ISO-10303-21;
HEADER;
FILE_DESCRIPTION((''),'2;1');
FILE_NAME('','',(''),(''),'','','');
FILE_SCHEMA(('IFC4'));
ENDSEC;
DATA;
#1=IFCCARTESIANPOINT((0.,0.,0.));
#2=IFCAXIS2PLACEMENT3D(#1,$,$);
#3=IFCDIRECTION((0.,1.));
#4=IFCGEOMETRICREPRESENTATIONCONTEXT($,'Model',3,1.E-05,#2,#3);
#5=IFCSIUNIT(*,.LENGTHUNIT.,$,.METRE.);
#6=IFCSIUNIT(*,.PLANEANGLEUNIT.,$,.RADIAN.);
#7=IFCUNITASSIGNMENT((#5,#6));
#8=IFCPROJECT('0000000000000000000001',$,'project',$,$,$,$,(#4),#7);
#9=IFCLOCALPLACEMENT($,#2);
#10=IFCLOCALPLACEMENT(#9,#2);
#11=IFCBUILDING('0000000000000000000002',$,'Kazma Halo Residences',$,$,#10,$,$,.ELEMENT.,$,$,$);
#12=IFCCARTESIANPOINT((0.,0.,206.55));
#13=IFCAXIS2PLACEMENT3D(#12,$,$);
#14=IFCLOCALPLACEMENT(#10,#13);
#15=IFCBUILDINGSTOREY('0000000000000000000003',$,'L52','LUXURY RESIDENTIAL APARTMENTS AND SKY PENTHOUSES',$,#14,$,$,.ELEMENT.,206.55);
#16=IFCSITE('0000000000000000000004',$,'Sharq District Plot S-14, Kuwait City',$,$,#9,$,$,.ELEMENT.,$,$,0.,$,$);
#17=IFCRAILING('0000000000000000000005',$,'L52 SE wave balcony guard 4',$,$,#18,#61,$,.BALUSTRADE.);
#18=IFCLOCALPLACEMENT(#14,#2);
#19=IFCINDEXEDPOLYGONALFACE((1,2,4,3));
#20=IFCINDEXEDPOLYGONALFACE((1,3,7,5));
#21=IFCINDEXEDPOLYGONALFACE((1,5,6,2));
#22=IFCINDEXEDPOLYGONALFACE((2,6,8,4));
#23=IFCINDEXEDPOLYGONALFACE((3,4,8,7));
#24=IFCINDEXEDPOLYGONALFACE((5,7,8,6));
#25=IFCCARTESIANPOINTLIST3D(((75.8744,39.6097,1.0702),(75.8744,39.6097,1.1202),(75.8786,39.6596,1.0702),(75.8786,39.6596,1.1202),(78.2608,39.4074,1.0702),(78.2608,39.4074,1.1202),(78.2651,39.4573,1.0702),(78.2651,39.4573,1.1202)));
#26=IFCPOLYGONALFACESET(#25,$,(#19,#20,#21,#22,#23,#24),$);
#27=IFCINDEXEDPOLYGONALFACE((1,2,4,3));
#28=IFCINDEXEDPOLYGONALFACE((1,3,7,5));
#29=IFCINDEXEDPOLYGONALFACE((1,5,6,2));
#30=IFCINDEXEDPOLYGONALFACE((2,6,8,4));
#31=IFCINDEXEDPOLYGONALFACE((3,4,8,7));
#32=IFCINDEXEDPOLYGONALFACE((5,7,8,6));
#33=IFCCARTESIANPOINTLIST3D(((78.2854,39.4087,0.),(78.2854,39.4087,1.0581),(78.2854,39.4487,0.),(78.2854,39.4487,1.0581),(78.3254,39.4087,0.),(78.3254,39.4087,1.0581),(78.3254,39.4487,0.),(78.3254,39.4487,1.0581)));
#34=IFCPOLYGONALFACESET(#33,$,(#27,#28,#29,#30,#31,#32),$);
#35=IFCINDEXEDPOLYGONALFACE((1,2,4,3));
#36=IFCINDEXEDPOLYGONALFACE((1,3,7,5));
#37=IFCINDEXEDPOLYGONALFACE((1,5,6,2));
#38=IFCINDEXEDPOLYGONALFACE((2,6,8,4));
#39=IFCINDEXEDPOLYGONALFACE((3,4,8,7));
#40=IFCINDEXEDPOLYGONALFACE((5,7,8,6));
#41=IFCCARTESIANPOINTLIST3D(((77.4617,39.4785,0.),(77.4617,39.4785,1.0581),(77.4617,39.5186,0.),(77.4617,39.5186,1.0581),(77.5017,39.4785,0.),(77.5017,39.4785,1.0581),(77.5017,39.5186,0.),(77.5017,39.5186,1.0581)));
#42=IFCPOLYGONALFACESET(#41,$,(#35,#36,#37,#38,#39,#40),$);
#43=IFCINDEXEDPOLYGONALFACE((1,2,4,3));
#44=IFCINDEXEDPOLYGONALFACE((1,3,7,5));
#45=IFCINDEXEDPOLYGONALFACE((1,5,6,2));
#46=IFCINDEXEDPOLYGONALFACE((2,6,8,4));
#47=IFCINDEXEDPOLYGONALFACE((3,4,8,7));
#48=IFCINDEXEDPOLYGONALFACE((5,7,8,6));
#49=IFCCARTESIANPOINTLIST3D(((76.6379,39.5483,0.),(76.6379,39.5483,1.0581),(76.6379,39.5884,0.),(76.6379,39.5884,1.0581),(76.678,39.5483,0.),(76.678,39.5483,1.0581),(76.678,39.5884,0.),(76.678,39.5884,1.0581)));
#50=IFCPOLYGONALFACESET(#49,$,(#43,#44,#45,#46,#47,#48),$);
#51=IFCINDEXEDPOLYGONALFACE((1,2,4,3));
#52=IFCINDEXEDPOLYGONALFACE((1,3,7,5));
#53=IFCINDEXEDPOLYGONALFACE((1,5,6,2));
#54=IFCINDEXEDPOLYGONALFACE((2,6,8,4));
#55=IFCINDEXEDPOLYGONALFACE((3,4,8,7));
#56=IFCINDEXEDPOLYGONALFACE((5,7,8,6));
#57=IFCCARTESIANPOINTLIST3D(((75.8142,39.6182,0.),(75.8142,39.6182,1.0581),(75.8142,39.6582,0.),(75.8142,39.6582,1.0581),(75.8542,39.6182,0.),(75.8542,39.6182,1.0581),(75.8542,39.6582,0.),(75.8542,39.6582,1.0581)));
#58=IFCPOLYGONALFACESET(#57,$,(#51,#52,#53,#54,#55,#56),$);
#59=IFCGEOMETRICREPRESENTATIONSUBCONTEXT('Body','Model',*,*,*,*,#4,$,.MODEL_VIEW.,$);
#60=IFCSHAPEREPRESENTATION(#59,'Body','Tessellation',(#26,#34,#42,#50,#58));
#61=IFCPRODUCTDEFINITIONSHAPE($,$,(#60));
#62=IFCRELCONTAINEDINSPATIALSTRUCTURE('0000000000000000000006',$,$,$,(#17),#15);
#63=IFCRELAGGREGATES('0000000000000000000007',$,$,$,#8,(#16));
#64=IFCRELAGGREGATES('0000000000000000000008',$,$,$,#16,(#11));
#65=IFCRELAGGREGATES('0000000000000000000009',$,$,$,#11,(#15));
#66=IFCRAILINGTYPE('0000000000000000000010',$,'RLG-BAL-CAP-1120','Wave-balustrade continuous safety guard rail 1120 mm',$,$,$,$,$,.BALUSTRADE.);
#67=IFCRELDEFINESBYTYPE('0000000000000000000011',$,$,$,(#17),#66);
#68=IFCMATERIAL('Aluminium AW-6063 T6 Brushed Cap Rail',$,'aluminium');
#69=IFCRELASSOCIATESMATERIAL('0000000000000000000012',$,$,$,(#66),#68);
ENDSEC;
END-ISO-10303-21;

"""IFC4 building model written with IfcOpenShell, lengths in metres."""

from ifc_helpers import new_model, si_unit, direction, frame, origin, origin_2d, place, context, subcontext, project, spatial, rectangle, extrude, material, type_object, element, save


model = new_model("IFC4")

# Units and contexts
model_context = context("Model", 3, precision=1e-05, world=origin(), true_north=direction((0.0, 1.0)))
body_context = subcontext(model_context, "Body", "Model", "MODEL_VIEW")
ifc_project = project(units=[si_unit("LENGTHUNIT", "METRE"), si_unit("PLANEANGLEUNIT", "RADIAN")], contexts=[model_context])

# Site, building, storey
site_placement = place(None, origin())
site = spatial("IfcSite", under=ifc_project, at=site_placement, Name="Sharq District Plot S-14, Kuwait City", CompositionType="ELEMENT", RefElevation=0.0)
building_placement = place(site_placement, origin())
building = spatial("IfcBuilding", under=site, at=building_placement, Name="Kazma Halo Residences", CompositionType="ELEMENT")
storey_placement = place(building_placement, frame((0.0, 0.0, 206.55)))
storey = spatial("IfcBuildingStorey", under=building, at=storey_placement, Name="L52", Description="LUXURY RESIDENTIAL APARTMENTS AND SKY PENTHOUSES", CompositionType="ELEMENT", Elevation=206.55)

# Railing
ifc_material_1 = material(Name="Aluminium AW-6063 T6 Brushed Cap Rail", Category="aluminium")
railing_type = type_object("IfcRailingType", Name="RLG-BAL-CAP-1120", Description="Wave-balustrade continuous safety guard rail 1120 mm", PredefinedType="BALUSTRADE", material=ifc_material_1)
railing_placement = place(storey_placement, frame((78.3054, 39.4287, 0.0)))
element("IfcRailing", 1, at=railing_placement, inside=storey, type_object=railing_type, Name="L52 SE wave balcony guard 4", PredefinedType="BALUSTRADE", context=body_context, shape_type="SweptSolid", body=[
    extrude(rectangle(XDim=0.05, YDim=0.05, at=origin_2d()), frame((-0.0425, 0.0037, 1.0952), z_axis=(-0.996427, 0.084463, 0.0), x_axis=(-0.084463, -0.996427, 0.0)), (0.0, 0.0, 1.0), 2.395),
    extrude(rectangle(XDim=0.04, YDim=0.04, at=origin_2d()), origin(), (0.0, 0.0, 1.0), 1.0581),
    extrude(rectangle(XDim=0.04, YDim=0.04, at=origin_2d()), frame((-0.8237, 0.0698, 0.0)), (0.0, 0.0, 1.0), 1.0581),
    extrude(rectangle(XDim=0.04, YDim=0.04, at=origin_2d()), frame((-1.6475, 0.1396, 0.0)), (0.0, 0.0, 1.0), 1.0581),
    extrude(rectangle(XDim=0.04, YDim=0.04, at=origin_2d()), frame((-2.4712, 0.2095, 0.0)), (0.0, 0.0, 1.0), 1.0581),
])

save(model, "model.ifc")
